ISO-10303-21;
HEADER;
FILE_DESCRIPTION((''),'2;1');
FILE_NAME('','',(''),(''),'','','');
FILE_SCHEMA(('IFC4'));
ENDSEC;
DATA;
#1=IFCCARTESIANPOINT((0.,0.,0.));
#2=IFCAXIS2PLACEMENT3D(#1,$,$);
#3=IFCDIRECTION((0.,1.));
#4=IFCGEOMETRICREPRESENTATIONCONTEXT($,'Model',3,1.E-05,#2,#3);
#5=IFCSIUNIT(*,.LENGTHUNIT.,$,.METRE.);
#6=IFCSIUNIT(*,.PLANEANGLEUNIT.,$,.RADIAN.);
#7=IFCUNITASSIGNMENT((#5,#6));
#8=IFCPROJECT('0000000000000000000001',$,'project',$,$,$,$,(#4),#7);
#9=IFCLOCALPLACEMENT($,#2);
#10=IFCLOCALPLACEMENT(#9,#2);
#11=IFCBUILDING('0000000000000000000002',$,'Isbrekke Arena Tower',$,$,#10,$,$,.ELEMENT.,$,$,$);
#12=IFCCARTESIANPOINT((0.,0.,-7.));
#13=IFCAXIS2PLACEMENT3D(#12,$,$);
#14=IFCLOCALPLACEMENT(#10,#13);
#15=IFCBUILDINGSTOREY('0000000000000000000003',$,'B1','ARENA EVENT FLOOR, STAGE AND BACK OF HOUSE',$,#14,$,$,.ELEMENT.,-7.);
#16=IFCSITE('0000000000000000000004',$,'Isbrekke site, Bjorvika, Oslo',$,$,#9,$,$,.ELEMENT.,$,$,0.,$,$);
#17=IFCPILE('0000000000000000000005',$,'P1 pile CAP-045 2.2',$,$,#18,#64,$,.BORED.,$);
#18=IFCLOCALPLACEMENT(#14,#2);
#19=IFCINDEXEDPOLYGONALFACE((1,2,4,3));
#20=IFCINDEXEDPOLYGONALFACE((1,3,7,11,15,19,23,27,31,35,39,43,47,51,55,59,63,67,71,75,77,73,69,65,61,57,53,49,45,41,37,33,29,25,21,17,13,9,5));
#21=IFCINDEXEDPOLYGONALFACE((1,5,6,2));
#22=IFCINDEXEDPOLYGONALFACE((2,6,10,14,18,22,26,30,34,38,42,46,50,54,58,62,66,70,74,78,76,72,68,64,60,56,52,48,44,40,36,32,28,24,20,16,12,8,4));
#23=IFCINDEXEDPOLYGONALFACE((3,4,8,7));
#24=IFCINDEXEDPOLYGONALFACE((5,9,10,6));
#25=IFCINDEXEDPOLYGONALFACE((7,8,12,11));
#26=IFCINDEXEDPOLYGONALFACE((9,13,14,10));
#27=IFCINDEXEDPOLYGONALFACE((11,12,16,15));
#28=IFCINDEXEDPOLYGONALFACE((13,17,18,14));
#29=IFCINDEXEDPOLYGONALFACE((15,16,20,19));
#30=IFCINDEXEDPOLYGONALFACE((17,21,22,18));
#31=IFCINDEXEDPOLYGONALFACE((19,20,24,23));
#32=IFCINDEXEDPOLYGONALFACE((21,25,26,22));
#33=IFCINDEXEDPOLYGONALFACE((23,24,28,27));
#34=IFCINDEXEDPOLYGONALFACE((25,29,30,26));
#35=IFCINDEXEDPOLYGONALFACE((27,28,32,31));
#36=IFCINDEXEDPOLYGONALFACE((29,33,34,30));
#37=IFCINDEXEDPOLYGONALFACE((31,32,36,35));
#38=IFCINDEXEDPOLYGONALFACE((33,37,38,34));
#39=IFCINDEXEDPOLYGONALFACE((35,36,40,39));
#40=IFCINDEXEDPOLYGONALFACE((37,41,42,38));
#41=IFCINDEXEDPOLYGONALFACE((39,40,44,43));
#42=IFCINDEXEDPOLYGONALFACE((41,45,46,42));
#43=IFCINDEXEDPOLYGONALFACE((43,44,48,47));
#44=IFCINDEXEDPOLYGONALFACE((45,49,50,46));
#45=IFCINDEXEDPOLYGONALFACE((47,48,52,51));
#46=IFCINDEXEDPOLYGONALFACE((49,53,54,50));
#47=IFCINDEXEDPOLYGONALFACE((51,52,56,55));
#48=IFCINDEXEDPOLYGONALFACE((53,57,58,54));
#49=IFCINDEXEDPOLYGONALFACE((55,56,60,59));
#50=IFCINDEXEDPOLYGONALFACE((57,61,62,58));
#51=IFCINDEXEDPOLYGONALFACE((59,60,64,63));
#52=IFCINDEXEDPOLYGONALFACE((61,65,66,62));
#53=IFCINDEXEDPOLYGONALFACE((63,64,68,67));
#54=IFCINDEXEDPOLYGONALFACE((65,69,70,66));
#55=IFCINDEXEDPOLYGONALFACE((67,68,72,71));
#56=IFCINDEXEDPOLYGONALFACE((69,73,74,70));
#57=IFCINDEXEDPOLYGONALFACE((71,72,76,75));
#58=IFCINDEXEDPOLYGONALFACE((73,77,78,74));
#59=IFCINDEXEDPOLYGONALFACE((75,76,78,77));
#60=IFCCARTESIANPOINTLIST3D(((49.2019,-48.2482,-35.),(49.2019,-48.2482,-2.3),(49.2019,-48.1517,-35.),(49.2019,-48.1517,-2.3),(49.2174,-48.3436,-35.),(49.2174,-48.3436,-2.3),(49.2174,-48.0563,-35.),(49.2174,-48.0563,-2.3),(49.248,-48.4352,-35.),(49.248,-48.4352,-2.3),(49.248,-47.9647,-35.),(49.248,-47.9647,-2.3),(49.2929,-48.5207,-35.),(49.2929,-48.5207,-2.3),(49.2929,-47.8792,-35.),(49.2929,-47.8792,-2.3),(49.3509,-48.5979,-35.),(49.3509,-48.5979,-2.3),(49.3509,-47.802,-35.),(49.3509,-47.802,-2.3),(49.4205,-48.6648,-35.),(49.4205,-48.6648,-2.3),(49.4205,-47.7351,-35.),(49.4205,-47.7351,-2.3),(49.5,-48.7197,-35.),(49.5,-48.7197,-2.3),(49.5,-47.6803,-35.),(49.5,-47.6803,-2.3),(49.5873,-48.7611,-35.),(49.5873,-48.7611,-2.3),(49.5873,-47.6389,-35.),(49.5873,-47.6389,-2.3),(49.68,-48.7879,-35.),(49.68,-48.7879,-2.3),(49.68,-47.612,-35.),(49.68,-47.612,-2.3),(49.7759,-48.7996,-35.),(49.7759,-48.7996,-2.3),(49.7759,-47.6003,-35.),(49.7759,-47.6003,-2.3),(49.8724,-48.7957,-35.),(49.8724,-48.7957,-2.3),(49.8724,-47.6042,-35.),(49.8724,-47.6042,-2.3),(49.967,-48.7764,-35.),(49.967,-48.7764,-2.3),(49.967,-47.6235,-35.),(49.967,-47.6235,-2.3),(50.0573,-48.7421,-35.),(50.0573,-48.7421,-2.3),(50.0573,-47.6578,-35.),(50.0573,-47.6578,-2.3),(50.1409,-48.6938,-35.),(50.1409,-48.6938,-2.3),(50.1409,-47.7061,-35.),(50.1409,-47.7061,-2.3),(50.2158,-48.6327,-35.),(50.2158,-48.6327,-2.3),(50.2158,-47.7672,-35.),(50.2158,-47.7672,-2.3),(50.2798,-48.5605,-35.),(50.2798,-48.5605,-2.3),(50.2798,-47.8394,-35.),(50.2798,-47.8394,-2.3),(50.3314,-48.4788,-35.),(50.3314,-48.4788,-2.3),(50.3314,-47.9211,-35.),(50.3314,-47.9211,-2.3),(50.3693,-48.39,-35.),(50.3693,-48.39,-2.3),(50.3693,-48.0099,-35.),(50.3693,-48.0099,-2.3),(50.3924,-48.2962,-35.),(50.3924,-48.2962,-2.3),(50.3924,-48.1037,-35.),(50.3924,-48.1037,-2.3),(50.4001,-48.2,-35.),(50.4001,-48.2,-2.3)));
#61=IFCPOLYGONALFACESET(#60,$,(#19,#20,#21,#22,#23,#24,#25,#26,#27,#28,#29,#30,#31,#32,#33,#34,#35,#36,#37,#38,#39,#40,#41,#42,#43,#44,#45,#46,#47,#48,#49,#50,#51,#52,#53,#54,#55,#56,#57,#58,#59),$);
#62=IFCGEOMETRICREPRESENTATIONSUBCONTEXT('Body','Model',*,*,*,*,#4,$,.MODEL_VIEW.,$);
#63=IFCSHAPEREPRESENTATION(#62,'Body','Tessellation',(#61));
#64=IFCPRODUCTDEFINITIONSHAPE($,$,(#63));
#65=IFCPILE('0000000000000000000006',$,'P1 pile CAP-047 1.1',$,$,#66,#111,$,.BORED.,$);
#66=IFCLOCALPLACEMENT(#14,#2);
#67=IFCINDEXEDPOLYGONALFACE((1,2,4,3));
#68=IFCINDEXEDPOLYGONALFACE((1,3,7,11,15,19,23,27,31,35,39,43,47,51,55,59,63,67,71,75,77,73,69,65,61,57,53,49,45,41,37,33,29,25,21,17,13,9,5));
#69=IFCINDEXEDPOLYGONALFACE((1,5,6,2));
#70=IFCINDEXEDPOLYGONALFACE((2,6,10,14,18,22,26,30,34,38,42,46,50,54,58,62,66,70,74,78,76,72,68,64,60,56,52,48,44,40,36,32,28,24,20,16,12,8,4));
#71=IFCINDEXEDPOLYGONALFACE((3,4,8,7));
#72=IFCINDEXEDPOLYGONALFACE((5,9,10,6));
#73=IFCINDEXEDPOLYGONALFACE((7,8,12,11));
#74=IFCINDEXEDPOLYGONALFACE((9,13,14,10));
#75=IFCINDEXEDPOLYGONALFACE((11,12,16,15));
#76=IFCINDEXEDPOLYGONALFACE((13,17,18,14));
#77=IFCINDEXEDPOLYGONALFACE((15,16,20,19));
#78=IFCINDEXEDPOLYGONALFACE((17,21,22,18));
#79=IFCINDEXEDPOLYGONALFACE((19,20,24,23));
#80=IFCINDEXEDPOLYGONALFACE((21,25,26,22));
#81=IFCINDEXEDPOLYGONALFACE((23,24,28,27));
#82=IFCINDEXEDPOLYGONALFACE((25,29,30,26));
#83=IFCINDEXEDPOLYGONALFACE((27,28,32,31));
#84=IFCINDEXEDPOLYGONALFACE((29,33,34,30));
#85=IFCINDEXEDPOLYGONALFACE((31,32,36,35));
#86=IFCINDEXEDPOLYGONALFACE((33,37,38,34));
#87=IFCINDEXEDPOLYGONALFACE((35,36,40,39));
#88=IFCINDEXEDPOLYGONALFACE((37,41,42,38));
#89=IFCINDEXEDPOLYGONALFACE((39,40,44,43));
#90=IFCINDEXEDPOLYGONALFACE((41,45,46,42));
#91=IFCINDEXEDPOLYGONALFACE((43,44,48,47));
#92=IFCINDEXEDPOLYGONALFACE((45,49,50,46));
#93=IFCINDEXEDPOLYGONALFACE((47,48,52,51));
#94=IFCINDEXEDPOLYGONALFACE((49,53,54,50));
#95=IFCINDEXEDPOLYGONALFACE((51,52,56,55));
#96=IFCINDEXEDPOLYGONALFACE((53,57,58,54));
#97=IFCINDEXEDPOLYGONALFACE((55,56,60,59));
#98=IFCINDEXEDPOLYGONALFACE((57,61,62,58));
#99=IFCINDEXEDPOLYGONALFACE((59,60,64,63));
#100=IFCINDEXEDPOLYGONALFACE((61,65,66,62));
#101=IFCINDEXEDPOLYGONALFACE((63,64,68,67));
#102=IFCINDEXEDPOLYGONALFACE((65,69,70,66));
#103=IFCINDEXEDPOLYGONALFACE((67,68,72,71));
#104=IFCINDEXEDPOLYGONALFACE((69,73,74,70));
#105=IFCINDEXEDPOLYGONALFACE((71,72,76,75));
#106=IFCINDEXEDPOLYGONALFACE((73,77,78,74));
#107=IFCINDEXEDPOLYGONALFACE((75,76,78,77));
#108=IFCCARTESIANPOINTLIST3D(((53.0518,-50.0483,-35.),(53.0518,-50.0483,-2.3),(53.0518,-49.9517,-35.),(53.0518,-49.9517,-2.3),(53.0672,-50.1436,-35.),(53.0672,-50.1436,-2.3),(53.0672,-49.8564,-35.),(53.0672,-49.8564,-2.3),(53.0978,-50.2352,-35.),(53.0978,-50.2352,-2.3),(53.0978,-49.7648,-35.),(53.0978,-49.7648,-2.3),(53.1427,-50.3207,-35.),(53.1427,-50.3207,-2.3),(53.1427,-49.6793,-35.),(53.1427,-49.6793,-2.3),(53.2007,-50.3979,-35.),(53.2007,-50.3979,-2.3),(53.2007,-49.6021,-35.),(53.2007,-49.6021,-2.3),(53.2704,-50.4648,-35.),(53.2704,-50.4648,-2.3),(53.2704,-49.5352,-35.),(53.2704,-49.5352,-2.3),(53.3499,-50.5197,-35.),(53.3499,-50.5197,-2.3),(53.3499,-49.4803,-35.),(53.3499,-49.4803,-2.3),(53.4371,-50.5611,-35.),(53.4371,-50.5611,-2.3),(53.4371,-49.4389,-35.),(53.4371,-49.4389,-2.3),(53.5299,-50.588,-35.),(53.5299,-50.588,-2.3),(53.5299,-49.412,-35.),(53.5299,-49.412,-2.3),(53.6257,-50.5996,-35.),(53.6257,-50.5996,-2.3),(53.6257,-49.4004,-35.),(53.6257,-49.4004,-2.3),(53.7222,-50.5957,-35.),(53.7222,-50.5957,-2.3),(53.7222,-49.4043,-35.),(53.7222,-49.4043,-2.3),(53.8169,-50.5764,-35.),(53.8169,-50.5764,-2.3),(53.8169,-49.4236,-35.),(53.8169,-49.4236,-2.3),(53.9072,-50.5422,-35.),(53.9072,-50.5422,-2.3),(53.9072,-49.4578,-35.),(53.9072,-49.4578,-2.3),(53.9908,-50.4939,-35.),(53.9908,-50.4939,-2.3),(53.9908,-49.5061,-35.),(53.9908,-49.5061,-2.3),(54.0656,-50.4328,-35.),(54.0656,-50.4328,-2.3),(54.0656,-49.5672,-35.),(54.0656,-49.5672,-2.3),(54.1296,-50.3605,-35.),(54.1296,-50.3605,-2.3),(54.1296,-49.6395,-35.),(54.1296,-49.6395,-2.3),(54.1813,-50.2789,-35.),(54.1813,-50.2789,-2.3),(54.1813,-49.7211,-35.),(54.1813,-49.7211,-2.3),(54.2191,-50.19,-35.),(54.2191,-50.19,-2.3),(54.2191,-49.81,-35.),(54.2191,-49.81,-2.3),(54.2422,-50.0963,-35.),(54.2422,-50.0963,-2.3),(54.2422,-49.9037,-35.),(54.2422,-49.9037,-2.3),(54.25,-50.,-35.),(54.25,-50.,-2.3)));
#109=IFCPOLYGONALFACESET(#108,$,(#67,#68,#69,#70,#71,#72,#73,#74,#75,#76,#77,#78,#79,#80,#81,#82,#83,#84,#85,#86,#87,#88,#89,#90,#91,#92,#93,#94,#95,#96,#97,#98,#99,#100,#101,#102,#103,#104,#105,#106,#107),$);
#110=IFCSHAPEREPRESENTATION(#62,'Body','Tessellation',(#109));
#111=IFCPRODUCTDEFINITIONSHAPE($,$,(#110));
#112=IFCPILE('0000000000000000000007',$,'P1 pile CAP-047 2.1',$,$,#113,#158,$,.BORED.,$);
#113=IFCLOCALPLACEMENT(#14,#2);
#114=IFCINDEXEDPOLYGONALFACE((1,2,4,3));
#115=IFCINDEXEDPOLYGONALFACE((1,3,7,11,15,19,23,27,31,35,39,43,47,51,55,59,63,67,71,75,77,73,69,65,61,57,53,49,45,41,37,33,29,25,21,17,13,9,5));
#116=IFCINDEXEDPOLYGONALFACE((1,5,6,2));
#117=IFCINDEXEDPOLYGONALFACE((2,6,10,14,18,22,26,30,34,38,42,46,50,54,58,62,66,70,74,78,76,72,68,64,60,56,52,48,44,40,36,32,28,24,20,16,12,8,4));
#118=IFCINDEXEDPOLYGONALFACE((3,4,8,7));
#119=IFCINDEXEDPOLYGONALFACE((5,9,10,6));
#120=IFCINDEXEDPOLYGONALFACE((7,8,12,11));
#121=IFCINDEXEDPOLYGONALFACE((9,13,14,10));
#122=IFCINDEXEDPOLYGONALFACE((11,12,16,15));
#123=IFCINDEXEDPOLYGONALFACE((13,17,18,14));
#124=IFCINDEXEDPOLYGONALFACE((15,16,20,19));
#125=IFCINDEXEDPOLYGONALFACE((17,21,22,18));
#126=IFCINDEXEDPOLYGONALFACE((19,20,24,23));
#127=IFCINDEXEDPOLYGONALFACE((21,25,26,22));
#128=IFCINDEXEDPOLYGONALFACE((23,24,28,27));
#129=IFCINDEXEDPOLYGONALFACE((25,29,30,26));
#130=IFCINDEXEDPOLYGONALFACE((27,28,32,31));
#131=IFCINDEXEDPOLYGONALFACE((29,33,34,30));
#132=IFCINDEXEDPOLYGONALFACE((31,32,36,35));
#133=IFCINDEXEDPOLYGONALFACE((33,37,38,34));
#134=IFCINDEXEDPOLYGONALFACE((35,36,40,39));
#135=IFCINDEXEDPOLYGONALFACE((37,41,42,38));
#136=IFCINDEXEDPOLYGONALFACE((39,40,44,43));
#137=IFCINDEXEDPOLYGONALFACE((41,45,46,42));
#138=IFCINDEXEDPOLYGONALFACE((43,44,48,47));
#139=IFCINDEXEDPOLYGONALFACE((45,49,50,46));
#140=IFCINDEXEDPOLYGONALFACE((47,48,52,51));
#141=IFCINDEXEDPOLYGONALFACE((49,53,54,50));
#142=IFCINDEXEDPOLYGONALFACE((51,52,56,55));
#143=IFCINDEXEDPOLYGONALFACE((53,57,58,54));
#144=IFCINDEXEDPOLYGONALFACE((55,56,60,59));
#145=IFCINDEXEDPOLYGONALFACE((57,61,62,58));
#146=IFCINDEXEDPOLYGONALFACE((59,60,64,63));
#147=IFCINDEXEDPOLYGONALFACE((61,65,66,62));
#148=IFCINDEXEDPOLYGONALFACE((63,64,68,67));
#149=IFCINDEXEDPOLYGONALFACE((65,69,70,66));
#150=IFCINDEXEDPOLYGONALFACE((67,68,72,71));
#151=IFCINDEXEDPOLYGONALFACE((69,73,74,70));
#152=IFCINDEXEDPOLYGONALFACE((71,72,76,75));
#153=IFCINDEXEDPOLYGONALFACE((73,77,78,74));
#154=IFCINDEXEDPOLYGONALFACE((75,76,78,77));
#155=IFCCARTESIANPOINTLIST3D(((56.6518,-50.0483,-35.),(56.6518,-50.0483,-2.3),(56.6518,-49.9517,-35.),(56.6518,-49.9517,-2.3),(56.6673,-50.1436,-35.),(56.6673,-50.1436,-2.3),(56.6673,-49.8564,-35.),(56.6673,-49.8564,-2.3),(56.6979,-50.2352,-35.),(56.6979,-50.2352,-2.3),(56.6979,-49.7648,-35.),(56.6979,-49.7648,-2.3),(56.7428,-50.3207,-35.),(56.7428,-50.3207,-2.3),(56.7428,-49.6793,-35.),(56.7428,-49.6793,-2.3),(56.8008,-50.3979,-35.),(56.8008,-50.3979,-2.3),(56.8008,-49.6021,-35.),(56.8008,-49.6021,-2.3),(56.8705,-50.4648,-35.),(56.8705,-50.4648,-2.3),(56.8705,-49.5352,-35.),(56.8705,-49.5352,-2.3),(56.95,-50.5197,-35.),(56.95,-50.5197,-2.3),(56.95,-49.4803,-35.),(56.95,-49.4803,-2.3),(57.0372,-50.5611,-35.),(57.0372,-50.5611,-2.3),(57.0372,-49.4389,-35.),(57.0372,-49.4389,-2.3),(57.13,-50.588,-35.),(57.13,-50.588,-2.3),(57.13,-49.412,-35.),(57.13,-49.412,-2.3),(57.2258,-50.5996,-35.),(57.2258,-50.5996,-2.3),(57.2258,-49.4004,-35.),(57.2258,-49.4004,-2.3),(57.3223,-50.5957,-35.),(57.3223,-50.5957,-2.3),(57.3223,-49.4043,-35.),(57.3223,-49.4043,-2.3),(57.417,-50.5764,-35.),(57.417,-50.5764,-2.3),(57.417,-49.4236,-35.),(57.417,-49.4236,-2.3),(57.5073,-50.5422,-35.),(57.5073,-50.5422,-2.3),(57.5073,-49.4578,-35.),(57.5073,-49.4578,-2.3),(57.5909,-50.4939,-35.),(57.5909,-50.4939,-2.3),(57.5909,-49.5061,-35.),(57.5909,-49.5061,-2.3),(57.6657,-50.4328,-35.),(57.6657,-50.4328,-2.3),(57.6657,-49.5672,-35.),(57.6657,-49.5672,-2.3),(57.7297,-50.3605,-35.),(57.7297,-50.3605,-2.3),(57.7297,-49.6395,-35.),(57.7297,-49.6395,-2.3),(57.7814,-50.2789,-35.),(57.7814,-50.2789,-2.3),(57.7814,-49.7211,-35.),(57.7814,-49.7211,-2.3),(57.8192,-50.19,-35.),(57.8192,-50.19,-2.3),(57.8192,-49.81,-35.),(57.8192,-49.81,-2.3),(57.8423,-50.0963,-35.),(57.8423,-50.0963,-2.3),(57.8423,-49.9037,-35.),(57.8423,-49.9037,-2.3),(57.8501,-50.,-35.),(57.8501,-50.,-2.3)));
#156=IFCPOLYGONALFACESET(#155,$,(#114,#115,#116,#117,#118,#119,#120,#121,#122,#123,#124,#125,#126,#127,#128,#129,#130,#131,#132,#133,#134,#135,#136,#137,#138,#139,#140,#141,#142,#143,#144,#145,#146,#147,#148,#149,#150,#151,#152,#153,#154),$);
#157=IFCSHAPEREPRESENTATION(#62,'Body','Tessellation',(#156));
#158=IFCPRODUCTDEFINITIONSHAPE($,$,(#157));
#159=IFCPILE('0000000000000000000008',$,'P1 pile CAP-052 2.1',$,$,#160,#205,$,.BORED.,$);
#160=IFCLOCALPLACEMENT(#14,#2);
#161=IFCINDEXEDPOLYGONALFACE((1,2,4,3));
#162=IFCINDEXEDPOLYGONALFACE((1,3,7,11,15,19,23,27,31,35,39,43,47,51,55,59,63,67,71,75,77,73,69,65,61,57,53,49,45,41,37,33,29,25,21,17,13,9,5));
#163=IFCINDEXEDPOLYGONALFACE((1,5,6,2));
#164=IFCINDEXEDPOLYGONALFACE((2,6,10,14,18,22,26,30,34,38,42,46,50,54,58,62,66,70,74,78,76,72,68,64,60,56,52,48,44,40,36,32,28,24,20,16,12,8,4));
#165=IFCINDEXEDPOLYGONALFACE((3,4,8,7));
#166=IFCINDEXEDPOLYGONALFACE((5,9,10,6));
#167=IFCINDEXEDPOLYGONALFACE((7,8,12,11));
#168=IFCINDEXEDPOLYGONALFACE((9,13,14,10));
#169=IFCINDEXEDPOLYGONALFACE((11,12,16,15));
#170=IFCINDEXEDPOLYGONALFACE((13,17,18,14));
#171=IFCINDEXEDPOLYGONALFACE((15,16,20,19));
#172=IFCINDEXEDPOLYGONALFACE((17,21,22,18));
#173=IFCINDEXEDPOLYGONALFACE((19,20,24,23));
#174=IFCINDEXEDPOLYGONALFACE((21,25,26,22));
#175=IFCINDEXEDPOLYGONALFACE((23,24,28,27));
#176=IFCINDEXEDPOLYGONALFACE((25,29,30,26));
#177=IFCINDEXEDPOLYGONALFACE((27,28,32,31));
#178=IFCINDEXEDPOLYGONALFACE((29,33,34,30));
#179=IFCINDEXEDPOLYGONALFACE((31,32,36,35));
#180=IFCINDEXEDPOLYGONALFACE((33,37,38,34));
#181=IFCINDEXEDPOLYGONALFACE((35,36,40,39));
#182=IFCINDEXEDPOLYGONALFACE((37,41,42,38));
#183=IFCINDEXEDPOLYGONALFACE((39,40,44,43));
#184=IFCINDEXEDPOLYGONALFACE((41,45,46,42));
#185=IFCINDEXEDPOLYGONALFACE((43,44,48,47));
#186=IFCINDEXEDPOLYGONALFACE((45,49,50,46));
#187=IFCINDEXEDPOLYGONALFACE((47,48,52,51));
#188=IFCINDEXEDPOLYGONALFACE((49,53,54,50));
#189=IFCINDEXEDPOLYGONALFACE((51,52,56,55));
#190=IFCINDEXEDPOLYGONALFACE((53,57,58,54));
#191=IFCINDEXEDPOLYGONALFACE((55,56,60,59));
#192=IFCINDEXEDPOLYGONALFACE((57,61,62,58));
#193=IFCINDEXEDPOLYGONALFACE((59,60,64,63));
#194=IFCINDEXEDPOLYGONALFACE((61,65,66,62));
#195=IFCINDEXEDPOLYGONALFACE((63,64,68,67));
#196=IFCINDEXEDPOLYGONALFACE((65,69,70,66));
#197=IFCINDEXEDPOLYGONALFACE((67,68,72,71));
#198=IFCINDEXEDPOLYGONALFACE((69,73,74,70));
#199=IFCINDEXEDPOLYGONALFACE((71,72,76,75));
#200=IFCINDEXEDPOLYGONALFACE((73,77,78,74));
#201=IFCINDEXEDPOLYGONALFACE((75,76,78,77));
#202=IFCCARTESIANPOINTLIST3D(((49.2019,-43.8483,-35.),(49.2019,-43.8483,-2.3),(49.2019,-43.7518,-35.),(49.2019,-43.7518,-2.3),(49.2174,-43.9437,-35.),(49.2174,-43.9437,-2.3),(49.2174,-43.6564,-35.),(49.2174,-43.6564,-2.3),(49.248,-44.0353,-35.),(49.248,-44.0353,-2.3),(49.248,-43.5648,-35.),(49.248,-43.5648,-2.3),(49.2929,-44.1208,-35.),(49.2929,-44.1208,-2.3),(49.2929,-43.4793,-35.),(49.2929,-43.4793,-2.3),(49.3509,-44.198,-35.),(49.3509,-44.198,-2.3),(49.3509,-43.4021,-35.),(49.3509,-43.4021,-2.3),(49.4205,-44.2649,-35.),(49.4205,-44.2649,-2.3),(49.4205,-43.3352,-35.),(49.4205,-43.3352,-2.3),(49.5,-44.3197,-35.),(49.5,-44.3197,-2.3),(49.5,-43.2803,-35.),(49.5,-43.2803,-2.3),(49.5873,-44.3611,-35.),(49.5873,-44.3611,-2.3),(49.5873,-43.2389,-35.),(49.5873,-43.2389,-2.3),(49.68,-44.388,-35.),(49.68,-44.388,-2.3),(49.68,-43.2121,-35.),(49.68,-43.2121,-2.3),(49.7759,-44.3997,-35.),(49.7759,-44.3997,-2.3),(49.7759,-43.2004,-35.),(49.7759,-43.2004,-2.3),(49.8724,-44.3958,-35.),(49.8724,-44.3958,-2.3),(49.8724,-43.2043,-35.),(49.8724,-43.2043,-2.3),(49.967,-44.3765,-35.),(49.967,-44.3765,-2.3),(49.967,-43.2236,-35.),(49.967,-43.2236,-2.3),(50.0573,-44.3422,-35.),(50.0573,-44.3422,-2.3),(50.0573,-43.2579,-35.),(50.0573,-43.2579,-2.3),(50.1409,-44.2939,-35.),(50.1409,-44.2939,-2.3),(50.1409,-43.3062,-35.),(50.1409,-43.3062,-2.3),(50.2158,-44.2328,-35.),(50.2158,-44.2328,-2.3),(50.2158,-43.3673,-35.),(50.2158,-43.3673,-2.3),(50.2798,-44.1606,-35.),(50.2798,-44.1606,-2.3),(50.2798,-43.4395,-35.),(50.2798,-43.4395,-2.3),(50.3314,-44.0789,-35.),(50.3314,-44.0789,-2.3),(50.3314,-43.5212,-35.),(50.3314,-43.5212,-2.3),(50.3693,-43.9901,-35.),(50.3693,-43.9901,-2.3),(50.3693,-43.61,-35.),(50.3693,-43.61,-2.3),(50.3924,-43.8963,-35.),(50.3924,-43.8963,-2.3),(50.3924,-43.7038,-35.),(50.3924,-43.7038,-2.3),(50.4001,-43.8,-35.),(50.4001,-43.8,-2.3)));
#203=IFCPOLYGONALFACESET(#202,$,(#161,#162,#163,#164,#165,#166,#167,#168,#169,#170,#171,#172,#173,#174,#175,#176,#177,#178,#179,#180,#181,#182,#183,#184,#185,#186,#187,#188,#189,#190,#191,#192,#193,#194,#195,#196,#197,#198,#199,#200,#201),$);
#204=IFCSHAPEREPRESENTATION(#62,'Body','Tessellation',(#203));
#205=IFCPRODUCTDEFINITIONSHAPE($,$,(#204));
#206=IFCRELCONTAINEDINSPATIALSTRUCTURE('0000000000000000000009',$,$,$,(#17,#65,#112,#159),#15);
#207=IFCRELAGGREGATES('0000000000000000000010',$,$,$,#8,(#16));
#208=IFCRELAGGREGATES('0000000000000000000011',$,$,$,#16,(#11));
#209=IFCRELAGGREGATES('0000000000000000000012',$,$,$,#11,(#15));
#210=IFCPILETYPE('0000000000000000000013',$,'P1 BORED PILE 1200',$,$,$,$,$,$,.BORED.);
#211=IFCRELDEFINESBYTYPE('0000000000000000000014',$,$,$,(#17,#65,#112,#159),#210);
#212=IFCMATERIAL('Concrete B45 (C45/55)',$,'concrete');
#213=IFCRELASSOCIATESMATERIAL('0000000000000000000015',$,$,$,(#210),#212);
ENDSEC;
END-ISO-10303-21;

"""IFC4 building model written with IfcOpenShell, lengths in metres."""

from ifc_helpers import new_model, si_unit, direction, frame, origin, origin_2d, place, context, subcontext, project, spatial, circle, extrude, material, material_profile, profile_set, type_object, element, save


model = new_model("IFC4")

# Units and contexts
model_context = context("Model", 3, precision=1e-05, world=origin(), true_north=direction((0.0, 1.0)))
body_context = subcontext(model_context, "Body", "Model", "MODEL_VIEW")
ifc_project = project(units=[si_unit("LENGTHUNIT", "METRE"), si_unit("PLANEANGLEUNIT", "RADIAN")], contexts=[model_context])

# Site, building, storey
site_placement = place(None, origin())
site = spatial("IfcSite", under=ifc_project, at=site_placement, Name="Isbrekke site, Bjorvika, Oslo", CompositionType="ELEMENT", RefElevation=0.0)
building_placement = place(site_placement, origin())
building = spatial("IfcBuilding", under=site, at=building_placement, Name="Isbrekke Arena Tower", CompositionType="ELEMENT")
storey_placement = place(building_placement, frame((0.0, 0.0, -7.0)))
storey = spatial("IfcBuildingStorey", under=building, at=storey_placement, Name="B1", Description="ARENA EVENT FLOOR, STAGE AND BACK OF HOUSE", CompositionType="ELEMENT", Elevation=-7.0)

# Piles
ifc_material_1 = material(Name="Concrete B45 (C45/55)", Category="concrete")
ifc_material_profile_1 = material_profile(ifc_material_1, circle(Radius=0.6001, at=origin_2d()), Name="BORED PILE D1200")
ifc_profile_set_1 = profile_set([ifc_material_profile_1], Name="Concrete B45 (C45/55)")
pile_type = type_object("IfcPileType", Name="P1 BORED PILE 1200", PredefinedType="BORED", material=ifc_profile_set_1)
for number, where, z_axis, x_axis, name in (
    (1, (49.8, -48.2, -2.3), (0.0, 0.0, -1.0), (1.0, 0.0, 0.0), "P1 pile CAP-045 2.2"),
    (2, (53.6499, -50.0, -2.3), (0.0, 0.0, -1.0), (1.0, 0.0, 0.0), "P1 pile CAP-047 1.1"),
    (3, (57.25, -50.0, -2.3), (0.0, 0.0, -1.0), (1.0, 0.0, 0.0), "P1 pile CAP-047 2.1"),
    (4, (49.8, -43.8, -2.3), (0.0, 0.0, -1.0), (1.0, 0.0, 0.0), "P1 pile CAP-052 2.1"),
):
    element("IfcPile", number, at=place(storey_placement, frame(where, z_axis=z_axis, x_axis=x_axis)), inside=storey, type_object=pile_type, Name=name, PredefinedType="BORED", context=body_context, shape_type="SweptSolid", body=[
        extrude(circle(Radius=0.6001, at=origin_2d()), origin(), (0.0, 0.0, 1.0), 32.7),
    ])

save(model, "model.ifc")
